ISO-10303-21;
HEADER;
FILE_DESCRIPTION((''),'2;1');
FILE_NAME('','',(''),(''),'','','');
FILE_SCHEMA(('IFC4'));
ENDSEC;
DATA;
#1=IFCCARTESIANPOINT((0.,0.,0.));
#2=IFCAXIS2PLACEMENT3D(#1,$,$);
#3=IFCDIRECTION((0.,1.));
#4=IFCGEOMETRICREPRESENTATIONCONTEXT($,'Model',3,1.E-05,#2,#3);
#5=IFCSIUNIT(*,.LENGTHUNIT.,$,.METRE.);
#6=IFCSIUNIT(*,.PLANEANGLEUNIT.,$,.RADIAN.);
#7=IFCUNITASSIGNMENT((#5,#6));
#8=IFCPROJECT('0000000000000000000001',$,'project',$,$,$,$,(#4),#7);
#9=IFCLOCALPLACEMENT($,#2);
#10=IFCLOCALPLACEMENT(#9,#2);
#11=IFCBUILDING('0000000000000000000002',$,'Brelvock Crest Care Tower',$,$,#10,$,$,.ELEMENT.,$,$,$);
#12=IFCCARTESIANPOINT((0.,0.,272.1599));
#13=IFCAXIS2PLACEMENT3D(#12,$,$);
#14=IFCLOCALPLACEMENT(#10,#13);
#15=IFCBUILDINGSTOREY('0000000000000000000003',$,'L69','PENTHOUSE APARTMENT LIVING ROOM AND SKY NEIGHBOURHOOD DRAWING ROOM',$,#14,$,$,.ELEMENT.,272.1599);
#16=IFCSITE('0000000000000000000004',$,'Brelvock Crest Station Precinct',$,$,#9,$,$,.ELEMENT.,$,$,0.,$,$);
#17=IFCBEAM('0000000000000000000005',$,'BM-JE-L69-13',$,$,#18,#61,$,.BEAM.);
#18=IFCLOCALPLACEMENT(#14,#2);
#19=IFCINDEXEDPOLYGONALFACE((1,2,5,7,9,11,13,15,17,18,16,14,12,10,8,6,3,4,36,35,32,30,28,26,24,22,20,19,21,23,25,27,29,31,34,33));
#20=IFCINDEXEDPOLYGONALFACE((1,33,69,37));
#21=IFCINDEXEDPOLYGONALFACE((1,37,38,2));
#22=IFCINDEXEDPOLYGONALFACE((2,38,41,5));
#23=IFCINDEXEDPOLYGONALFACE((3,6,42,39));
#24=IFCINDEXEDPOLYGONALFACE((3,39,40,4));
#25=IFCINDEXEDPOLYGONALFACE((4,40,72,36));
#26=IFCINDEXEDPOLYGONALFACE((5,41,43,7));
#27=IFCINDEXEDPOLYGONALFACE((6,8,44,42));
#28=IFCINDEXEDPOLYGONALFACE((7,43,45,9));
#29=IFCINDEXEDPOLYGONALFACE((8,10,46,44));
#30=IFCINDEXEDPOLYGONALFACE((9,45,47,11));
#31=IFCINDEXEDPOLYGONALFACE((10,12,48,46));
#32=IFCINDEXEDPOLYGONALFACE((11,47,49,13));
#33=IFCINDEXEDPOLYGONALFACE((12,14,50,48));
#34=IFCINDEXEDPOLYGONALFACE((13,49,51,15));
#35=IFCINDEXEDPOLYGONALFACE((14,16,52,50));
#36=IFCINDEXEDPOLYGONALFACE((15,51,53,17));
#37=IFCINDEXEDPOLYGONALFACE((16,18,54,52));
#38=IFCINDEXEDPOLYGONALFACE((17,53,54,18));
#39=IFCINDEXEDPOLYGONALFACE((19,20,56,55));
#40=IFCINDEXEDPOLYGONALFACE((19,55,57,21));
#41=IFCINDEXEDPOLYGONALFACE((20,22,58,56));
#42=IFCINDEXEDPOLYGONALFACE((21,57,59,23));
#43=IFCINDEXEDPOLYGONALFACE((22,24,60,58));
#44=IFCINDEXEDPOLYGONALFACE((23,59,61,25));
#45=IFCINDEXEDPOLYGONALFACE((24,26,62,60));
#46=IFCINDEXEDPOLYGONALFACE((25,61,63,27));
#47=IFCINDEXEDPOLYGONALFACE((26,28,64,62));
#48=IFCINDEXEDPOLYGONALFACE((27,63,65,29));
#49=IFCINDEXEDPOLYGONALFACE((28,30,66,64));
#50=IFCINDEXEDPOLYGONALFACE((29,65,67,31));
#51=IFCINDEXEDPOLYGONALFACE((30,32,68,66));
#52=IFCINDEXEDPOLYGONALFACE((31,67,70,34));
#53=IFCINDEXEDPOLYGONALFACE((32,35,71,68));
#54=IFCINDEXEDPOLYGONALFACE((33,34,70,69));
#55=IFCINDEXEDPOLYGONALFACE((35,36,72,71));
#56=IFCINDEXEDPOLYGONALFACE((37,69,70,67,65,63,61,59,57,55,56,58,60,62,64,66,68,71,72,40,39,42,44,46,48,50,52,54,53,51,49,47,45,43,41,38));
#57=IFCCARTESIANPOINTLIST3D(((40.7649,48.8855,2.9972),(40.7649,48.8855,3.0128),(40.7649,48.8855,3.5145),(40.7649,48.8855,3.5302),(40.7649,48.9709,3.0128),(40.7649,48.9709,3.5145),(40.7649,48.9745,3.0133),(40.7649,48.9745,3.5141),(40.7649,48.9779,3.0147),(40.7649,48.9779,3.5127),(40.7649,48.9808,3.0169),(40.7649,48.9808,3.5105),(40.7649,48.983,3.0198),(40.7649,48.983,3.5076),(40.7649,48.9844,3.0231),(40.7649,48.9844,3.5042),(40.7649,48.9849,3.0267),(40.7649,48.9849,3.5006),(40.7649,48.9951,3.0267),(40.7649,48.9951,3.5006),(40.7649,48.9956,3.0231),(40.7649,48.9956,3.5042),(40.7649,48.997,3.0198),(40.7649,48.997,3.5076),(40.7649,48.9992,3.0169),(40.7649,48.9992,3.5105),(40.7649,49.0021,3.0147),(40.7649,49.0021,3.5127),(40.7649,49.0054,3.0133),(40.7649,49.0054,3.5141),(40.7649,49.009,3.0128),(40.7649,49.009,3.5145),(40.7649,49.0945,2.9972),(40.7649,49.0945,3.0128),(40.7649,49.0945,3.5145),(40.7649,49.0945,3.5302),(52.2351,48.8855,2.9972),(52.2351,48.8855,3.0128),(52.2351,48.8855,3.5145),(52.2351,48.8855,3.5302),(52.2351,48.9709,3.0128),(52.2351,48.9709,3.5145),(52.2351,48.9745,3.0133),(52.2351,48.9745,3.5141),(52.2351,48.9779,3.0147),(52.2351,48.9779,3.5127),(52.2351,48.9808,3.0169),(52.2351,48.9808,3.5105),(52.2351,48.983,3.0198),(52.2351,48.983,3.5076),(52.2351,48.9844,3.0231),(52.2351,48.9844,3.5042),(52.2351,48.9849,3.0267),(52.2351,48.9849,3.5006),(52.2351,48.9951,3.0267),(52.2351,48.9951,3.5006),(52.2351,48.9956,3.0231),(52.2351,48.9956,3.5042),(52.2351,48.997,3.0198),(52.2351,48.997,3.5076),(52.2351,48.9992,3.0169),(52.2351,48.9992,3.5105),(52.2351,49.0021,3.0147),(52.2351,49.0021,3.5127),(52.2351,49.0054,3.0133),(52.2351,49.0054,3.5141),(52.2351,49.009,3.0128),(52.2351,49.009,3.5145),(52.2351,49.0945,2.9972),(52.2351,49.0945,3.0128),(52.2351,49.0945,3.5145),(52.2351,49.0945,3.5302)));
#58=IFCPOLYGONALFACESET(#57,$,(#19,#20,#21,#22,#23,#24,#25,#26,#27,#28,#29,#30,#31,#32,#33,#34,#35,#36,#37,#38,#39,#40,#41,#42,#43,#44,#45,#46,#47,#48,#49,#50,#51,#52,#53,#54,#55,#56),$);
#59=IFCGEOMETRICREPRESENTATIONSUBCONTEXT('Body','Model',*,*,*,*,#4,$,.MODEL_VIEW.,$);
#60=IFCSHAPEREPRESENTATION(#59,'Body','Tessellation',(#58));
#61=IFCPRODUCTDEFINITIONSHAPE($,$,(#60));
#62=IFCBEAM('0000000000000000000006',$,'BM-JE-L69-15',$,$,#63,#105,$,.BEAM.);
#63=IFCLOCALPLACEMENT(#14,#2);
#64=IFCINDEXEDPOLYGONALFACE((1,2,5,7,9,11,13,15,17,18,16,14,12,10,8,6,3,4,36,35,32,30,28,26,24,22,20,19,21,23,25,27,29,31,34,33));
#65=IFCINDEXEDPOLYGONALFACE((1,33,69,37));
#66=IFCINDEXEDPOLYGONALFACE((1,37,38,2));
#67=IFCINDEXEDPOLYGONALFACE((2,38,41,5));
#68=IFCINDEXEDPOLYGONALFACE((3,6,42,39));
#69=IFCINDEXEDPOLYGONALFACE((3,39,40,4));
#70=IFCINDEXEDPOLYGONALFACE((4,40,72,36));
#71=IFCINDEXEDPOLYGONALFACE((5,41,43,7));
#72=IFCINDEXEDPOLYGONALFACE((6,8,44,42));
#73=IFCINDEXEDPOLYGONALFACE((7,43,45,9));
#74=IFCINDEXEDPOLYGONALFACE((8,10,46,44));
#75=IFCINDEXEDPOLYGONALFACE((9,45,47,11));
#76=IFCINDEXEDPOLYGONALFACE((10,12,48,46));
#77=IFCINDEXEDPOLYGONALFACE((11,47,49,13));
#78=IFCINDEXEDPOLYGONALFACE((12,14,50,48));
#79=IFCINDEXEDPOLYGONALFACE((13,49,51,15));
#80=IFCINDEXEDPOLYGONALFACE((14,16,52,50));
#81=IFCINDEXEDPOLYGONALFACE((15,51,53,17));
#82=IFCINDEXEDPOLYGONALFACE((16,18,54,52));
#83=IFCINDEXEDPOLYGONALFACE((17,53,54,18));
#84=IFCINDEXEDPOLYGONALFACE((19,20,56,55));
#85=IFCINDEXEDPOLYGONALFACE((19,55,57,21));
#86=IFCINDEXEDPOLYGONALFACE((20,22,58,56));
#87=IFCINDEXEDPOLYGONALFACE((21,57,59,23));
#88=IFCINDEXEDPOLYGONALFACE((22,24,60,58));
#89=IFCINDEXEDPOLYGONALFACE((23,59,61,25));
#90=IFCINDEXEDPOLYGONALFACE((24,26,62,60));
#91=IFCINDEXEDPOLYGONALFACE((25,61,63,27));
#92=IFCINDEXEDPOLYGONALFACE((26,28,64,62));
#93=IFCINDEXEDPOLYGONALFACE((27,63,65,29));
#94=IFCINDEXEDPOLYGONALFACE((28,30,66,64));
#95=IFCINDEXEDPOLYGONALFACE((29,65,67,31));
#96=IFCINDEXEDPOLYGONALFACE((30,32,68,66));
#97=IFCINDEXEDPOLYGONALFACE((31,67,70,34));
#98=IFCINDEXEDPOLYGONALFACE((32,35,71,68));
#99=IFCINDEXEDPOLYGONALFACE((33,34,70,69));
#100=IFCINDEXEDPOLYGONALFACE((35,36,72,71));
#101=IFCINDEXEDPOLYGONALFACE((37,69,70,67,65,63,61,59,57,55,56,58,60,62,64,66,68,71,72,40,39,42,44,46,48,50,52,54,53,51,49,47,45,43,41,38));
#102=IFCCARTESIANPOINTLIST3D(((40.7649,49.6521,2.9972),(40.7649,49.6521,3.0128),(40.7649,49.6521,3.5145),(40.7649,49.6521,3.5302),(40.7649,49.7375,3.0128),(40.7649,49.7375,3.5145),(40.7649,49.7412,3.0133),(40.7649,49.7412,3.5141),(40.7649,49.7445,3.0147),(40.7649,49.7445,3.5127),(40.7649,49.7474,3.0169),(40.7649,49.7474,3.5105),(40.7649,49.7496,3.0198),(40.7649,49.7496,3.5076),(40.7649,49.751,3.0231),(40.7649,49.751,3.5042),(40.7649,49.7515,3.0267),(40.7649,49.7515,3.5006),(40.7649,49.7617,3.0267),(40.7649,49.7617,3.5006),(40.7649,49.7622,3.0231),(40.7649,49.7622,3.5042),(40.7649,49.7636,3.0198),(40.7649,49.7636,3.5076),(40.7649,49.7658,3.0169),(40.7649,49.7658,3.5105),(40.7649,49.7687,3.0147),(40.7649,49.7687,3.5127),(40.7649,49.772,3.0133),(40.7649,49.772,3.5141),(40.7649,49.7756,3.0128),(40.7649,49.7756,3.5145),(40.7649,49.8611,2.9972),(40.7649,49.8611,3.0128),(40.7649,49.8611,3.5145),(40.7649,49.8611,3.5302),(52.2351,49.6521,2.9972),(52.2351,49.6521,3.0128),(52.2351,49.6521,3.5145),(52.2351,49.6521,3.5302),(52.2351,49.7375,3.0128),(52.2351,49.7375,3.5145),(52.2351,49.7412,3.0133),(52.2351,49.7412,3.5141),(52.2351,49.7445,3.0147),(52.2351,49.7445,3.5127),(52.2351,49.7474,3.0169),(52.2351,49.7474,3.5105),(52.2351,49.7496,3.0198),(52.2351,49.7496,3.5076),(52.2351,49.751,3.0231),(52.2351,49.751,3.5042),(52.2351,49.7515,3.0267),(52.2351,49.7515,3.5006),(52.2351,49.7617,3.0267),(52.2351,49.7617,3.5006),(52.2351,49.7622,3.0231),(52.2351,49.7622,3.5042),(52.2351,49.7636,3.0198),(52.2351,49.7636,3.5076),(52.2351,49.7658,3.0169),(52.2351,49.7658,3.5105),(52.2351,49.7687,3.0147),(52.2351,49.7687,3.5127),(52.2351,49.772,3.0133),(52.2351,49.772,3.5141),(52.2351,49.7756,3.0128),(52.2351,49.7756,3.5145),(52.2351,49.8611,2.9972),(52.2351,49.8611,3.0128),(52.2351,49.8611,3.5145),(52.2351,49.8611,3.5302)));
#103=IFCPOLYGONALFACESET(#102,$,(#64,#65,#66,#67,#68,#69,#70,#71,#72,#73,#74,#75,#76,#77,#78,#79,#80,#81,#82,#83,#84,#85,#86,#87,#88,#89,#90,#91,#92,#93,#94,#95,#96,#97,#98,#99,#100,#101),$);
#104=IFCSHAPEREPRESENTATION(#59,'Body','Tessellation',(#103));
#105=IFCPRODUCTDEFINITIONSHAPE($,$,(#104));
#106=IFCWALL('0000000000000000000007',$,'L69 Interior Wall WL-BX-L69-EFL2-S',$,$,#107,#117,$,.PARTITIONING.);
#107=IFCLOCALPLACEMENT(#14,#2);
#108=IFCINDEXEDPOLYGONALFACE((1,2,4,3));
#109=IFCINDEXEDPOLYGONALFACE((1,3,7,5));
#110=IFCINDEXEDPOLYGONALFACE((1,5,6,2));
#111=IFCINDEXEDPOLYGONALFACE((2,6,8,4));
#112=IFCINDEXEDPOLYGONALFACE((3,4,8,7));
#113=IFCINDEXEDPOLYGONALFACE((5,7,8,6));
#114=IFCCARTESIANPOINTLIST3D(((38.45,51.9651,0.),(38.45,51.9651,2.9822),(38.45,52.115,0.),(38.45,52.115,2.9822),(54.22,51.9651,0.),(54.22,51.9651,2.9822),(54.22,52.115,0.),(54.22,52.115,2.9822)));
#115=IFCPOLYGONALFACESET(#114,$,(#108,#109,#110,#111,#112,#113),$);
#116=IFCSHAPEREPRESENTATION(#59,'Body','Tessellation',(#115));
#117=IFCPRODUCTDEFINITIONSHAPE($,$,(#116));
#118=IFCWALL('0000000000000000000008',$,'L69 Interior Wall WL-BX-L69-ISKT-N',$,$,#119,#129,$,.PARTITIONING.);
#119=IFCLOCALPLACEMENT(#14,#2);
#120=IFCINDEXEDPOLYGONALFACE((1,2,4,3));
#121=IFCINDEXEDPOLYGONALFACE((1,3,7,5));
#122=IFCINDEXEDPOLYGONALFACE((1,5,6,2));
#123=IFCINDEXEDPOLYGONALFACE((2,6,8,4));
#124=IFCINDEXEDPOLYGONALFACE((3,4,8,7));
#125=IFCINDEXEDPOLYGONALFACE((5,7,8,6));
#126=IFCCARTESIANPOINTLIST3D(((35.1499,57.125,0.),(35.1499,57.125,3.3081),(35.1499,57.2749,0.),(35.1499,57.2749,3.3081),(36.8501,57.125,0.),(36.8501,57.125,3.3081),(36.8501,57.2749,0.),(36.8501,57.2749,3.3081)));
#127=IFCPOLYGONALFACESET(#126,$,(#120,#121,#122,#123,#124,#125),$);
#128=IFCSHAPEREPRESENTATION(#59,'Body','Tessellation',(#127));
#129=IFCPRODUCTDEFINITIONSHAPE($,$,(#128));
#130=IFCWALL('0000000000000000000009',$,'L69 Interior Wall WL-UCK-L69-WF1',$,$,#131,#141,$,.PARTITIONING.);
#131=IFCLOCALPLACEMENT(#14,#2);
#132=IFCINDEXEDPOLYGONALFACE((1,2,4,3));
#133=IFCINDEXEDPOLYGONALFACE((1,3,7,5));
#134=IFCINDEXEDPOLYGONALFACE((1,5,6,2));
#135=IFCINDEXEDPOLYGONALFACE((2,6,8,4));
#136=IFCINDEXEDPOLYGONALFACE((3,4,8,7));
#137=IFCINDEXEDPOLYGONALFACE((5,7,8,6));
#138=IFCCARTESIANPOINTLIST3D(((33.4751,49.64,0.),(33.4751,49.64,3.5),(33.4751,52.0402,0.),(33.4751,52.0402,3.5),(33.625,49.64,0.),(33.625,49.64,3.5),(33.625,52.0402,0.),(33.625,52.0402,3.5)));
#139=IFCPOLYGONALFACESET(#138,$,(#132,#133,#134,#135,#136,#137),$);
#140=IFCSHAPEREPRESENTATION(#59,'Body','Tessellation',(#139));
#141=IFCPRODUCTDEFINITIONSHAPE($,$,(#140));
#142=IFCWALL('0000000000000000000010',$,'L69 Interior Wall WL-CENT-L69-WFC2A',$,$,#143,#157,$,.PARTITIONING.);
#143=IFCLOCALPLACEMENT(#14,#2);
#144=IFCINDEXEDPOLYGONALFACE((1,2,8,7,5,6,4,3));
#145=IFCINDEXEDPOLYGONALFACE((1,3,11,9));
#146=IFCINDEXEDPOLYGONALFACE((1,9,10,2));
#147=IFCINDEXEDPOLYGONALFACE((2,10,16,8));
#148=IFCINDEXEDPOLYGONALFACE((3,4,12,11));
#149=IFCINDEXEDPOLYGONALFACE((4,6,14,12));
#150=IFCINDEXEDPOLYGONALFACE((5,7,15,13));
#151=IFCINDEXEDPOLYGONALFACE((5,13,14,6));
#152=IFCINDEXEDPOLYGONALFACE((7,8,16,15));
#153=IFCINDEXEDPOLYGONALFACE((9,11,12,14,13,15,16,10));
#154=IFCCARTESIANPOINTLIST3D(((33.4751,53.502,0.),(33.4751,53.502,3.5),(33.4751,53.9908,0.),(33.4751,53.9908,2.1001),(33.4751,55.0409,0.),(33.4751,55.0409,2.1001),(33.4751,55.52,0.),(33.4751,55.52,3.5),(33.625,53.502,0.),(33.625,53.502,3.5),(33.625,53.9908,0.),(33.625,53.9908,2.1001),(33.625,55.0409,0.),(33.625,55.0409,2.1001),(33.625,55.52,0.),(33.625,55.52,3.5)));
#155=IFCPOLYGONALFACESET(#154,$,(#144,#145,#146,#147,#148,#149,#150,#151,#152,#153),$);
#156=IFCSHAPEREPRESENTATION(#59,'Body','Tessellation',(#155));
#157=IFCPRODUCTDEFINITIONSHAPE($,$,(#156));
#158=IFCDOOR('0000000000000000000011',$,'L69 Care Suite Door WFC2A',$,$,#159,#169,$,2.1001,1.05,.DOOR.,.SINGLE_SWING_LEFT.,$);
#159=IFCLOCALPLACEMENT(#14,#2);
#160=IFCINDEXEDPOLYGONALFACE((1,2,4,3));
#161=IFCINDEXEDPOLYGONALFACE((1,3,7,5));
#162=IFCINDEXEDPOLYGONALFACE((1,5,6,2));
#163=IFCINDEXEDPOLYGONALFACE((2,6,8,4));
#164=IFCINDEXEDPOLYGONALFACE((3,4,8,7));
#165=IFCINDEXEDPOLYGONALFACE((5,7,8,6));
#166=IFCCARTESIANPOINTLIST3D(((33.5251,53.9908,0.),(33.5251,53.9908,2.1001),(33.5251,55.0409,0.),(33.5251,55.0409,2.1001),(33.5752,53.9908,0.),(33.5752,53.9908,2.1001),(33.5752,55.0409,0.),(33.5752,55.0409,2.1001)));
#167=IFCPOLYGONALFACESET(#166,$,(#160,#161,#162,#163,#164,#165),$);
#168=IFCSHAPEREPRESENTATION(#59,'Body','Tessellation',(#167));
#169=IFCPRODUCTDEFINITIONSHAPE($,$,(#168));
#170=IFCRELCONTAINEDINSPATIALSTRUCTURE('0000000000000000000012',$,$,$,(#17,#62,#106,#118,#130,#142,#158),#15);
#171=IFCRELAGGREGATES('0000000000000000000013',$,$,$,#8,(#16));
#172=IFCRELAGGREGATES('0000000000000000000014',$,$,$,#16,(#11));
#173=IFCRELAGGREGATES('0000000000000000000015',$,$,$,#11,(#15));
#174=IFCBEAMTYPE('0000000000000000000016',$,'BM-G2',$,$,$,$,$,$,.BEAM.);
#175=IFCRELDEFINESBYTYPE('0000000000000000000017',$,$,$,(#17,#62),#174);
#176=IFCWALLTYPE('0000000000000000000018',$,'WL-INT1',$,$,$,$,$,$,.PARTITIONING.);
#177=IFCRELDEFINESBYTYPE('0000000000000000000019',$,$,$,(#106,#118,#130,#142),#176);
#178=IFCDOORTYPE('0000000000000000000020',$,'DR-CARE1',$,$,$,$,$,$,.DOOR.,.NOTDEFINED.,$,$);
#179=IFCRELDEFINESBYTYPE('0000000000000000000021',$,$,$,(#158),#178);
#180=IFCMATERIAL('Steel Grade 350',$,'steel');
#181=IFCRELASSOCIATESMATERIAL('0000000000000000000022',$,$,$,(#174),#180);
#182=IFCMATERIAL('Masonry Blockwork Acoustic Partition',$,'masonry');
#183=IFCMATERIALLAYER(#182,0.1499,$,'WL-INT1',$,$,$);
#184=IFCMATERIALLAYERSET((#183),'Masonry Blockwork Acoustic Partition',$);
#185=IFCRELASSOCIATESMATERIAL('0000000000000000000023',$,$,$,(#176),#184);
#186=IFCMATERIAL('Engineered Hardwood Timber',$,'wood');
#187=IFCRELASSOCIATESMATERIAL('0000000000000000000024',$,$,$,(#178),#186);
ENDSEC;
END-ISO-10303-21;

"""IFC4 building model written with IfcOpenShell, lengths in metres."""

from ifc_helpers import new_model, si_unit, direction, frame, frame_2d, origin, origin_2d, place, context, subcontext, project, spatial, rectangle, i_section, extrude, source, transform, mapped, material, layer, layer_set, material_profile, profile_set, type_object, element, fill, save


model = new_model("IFC4")

# Units and contexts
model_context = context("Model", 3, precision=1e-05, world=origin(), true_north=direction((0.0, 1.0)))
body_context = subcontext(model_context, "Body", "Model", "MODEL_VIEW")
ifc_project = project(units=[si_unit("LENGTHUNIT", "METRE"), si_unit("PLANEANGLEUNIT", "RADIAN")], contexts=[model_context])

# Site, building, storey
site_placement = place(None, origin())
site = spatial("IfcSite", under=ifc_project, at=site_placement, Name="Brelvock Crest Station Precinct", CompositionType="ELEMENT", RefElevation=0.0)
building_placement = place(site_placement, origin())
building = spatial("IfcBuilding", under=site, at=building_placement, Name="Brelvock Crest Care Tower", CompositionType="ELEMENT")
storey_placement = place(building_placement, frame((0.0, 0.0, 272.1599)))
storey = spatial("IfcBuildingStorey", under=building, at=storey_placement, Name="L69", Description="PENTHOUSE APARTMENT LIVING ROOM AND SKY NEIGHBOURHOOD DRAWING ROOM", CompositionType="ELEMENT", Elevation=272.1599)

# Beams
ifc_material_1 = material(Name="Steel Grade 350", Category="steel")
ifc_material_profile_1 = material_profile(ifc_material_1, i_section(OverallWidth=0.209, OverallDepth=0.533, WebThickness=0.0103, FlangeThickness=0.0156, FilletRadius=0.0139, at=origin_2d()), Name="530UB92.4")
ifc_profile_set_1 = profile_set([ifc_material_profile_1], Name="Steel Grade 350")
beam_type_1 = type_object("IfcBeamType", Name="BM-G2", PredefinedType="BEAM", material=ifc_profile_set_1)
shared_shape_1 = source(origin(), body_context, "Body", "SweptSolid", [
    extrude(i_section(OverallWidth=0.209, OverallDepth=0.533, WebThickness=0.0103, FlangeThickness=0.0156, FilletRadius=0.0139, at=origin_2d()), origin(), (0.0, 0.0, 1.0), 11.4702),
])
for number, where, z_axis, x_axis, name in (
    (1, (40.7649, 48.99, 3.2637), (1.0, 0.0, 0.0), (0.0, 1.0, 0.0), "BM-JE-L69-13"),
    (2, (40.7649, 49.7566, 3.2637), (1.0, 0.0, 0.0), (0.0, 1.0, 0.0), "BM-JE-L69-15"),
):
    element("IfcBeam", number, at=place(storey_placement, frame(where, z_axis=z_axis, x_axis=x_axis)), inside=storey, type_object=beam_type_1, Name=name, PredefinedType="BEAM", context=body_context, shape_type="MappedRepresentation", body=[
        mapped(shared_shape_1, transform((0.0, 0.0, 0.0), x_axis=(1.0, 0.0, 0.0), y_axis=(0.0, 1.0, 0.0), z_axis=(0.0, 0.0, 1.0), scale=1.0)),
    ])

# Walls
ifc_material_2 = material(Name="Masonry Blockwork Acoustic Partition", Category="masonry")
ifc_layer_1 = layer(ifc_material_2, 0.1499, Name="WL-INT1")
ifc_layer_set_1 = layer_set([ifc_layer_1], Name="Masonry Blockwork Acoustic Partition")
wall_type_1 = type_object("IfcWallType", Name="WL-INT1", PredefinedType="PARTITIONING", material=ifc_layer_set_1)
wall_1_placement = place(storey_placement, frame((38.45, 52.04, 0.0), z_axis=(0.0, 0.0, 1.0), x_axis=(1.0, 0.0, 0.0)))
element("IfcWall", 3, at=wall_1_placement, inside=storey, type_object=wall_type_1, Name="L69 Interior Wall WL-BX-L69-EFL2-S", PredefinedType="PARTITIONING", context=body_context, shape_type="SweptSolid", body=[
    extrude(rectangle(XDim=15.77, YDim=0.1499, at=frame_2d((7.885, 0.0))), origin(), (0.0, 0.0, 1.0), 2.9822),
])
wall_2_placement = place(storey_placement, frame((35.1499, 57.2, 0.0), z_axis=(0.0, 0.0, 1.0), x_axis=(1.0, 0.0, 0.0)))
element("IfcWall", 4, at=wall_2_placement, inside=storey, type_object=wall_type_1, Name="L69 Interior Wall WL-BX-L69-ISKT-N", PredefinedType="PARTITIONING", context=body_context, shape_type="SweptSolid", body=[
    extrude(rectangle(XDim=1.7002, YDim=0.1499, at=frame_2d((0.8501, 0.0))), origin(), (0.0, 0.0, 1.0), 3.3081),
])
wall_3_placement = place(storey_placement, frame((33.55, 49.6399, 0.0), z_axis=(0.0, 0.0, 1.0), x_axis=(0.0, 1.0, 0.0)))
element("IfcWall", 5, at=wall_3_placement, inside=storey, type_object=wall_type_1, Name="L69 Interior Wall WL-UCK-L69-WF1", PredefinedType="PARTITIONING", context=body_context, shape_type="SweptSolid", body=[
    extrude(rectangle(XDim=2.4001, YDim=0.1499, at=frame_2d((1.2002, 0.0))), origin(), (0.0, 0.0, 1.0), 3.5),
])

# Wall, opening, door
wall_4_placement = place(storey_placement, frame((33.55, 53.502, 0.0), z_axis=(0.0, 0.0, 1.0), x_axis=(0.0, 1.0, 0.0)))
wall_4 = element("IfcWall", 6, at=wall_4_placement, inside=storey, type_object=wall_type_1, Name="L69 Interior Wall WL-CENT-L69-WFC2A", PredefinedType="PARTITIONING", context=body_context, shape_type="SweptSolid", body=[
    extrude(rectangle(XDim=2.0181, YDim=0.1499, at=frame_2d((1.009, 0.0))), origin(), (0.0, 0.0, 1.0), 3.5),
])
opening_1_placement = place(wall_4_placement, frame((0.489, 0.0, 0.0)))
opening_1 = element("IfcOpeningElement", 7, at=opening_1_placement, cuts=wall_4, PredefinedType="OPENING", context=body_context, shape_type="SweptSolid", body=[
    extrude(rectangle(XDim=1.05, YDim=2.1001, at=origin_2d()), frame((0.5249, 0.085, 1.05), z_axis=(0.0, -1.0, 0.0), x_axis=(1.0, 0.0, 0.0)), (0.0, 0.0, 1.0), 0.1699),
])
ifc_material_3 = material(Name="Engineered Hardwood Timber", Category="wood")
door_type_1 = type_object("IfcDoorType", Name="DR-CARE1", OperationType="NOTDEFINED", PredefinedType="DOOR", material=ifc_material_3)
shared_shape_2 = source(origin(), body_context, "Body", "SweptSolid", [
    extrude(rectangle(XDim=1.05, YDim=2.1001, at=origin_2d()), frame((0.5249, 0.0249, 1.05), z_axis=(0.0, -1.0, 0.0), x_axis=(1.0, 0.0, 0.0)), (0.0, 0.0, 1.0), 0.05),
])
door_1_placement = place(opening_1_placement, origin())
door_1 = element("IfcDoor", 8, at=door_1_placement, inside=storey, type_object=door_type_1, Name="L69 Care Suite Door WFC2A", OperationType="SINGLE_SWING_LEFT", OverallHeight=2.1001, OverallWidth=1.05, PredefinedType="DOOR", context=body_context, shape_type="MappedRepresentation", body=[
    mapped(shared_shape_2, transform((0.0, 0.0, 0.0), x_axis=(1.0, 0.0, 0.0), y_axis=(0.0, 1.0, 0.0), z_axis=(0.0, 0.0, 1.0), scale=1.0)),
])
fill(opening_1, door_1)

save(model, "model.ifc")
